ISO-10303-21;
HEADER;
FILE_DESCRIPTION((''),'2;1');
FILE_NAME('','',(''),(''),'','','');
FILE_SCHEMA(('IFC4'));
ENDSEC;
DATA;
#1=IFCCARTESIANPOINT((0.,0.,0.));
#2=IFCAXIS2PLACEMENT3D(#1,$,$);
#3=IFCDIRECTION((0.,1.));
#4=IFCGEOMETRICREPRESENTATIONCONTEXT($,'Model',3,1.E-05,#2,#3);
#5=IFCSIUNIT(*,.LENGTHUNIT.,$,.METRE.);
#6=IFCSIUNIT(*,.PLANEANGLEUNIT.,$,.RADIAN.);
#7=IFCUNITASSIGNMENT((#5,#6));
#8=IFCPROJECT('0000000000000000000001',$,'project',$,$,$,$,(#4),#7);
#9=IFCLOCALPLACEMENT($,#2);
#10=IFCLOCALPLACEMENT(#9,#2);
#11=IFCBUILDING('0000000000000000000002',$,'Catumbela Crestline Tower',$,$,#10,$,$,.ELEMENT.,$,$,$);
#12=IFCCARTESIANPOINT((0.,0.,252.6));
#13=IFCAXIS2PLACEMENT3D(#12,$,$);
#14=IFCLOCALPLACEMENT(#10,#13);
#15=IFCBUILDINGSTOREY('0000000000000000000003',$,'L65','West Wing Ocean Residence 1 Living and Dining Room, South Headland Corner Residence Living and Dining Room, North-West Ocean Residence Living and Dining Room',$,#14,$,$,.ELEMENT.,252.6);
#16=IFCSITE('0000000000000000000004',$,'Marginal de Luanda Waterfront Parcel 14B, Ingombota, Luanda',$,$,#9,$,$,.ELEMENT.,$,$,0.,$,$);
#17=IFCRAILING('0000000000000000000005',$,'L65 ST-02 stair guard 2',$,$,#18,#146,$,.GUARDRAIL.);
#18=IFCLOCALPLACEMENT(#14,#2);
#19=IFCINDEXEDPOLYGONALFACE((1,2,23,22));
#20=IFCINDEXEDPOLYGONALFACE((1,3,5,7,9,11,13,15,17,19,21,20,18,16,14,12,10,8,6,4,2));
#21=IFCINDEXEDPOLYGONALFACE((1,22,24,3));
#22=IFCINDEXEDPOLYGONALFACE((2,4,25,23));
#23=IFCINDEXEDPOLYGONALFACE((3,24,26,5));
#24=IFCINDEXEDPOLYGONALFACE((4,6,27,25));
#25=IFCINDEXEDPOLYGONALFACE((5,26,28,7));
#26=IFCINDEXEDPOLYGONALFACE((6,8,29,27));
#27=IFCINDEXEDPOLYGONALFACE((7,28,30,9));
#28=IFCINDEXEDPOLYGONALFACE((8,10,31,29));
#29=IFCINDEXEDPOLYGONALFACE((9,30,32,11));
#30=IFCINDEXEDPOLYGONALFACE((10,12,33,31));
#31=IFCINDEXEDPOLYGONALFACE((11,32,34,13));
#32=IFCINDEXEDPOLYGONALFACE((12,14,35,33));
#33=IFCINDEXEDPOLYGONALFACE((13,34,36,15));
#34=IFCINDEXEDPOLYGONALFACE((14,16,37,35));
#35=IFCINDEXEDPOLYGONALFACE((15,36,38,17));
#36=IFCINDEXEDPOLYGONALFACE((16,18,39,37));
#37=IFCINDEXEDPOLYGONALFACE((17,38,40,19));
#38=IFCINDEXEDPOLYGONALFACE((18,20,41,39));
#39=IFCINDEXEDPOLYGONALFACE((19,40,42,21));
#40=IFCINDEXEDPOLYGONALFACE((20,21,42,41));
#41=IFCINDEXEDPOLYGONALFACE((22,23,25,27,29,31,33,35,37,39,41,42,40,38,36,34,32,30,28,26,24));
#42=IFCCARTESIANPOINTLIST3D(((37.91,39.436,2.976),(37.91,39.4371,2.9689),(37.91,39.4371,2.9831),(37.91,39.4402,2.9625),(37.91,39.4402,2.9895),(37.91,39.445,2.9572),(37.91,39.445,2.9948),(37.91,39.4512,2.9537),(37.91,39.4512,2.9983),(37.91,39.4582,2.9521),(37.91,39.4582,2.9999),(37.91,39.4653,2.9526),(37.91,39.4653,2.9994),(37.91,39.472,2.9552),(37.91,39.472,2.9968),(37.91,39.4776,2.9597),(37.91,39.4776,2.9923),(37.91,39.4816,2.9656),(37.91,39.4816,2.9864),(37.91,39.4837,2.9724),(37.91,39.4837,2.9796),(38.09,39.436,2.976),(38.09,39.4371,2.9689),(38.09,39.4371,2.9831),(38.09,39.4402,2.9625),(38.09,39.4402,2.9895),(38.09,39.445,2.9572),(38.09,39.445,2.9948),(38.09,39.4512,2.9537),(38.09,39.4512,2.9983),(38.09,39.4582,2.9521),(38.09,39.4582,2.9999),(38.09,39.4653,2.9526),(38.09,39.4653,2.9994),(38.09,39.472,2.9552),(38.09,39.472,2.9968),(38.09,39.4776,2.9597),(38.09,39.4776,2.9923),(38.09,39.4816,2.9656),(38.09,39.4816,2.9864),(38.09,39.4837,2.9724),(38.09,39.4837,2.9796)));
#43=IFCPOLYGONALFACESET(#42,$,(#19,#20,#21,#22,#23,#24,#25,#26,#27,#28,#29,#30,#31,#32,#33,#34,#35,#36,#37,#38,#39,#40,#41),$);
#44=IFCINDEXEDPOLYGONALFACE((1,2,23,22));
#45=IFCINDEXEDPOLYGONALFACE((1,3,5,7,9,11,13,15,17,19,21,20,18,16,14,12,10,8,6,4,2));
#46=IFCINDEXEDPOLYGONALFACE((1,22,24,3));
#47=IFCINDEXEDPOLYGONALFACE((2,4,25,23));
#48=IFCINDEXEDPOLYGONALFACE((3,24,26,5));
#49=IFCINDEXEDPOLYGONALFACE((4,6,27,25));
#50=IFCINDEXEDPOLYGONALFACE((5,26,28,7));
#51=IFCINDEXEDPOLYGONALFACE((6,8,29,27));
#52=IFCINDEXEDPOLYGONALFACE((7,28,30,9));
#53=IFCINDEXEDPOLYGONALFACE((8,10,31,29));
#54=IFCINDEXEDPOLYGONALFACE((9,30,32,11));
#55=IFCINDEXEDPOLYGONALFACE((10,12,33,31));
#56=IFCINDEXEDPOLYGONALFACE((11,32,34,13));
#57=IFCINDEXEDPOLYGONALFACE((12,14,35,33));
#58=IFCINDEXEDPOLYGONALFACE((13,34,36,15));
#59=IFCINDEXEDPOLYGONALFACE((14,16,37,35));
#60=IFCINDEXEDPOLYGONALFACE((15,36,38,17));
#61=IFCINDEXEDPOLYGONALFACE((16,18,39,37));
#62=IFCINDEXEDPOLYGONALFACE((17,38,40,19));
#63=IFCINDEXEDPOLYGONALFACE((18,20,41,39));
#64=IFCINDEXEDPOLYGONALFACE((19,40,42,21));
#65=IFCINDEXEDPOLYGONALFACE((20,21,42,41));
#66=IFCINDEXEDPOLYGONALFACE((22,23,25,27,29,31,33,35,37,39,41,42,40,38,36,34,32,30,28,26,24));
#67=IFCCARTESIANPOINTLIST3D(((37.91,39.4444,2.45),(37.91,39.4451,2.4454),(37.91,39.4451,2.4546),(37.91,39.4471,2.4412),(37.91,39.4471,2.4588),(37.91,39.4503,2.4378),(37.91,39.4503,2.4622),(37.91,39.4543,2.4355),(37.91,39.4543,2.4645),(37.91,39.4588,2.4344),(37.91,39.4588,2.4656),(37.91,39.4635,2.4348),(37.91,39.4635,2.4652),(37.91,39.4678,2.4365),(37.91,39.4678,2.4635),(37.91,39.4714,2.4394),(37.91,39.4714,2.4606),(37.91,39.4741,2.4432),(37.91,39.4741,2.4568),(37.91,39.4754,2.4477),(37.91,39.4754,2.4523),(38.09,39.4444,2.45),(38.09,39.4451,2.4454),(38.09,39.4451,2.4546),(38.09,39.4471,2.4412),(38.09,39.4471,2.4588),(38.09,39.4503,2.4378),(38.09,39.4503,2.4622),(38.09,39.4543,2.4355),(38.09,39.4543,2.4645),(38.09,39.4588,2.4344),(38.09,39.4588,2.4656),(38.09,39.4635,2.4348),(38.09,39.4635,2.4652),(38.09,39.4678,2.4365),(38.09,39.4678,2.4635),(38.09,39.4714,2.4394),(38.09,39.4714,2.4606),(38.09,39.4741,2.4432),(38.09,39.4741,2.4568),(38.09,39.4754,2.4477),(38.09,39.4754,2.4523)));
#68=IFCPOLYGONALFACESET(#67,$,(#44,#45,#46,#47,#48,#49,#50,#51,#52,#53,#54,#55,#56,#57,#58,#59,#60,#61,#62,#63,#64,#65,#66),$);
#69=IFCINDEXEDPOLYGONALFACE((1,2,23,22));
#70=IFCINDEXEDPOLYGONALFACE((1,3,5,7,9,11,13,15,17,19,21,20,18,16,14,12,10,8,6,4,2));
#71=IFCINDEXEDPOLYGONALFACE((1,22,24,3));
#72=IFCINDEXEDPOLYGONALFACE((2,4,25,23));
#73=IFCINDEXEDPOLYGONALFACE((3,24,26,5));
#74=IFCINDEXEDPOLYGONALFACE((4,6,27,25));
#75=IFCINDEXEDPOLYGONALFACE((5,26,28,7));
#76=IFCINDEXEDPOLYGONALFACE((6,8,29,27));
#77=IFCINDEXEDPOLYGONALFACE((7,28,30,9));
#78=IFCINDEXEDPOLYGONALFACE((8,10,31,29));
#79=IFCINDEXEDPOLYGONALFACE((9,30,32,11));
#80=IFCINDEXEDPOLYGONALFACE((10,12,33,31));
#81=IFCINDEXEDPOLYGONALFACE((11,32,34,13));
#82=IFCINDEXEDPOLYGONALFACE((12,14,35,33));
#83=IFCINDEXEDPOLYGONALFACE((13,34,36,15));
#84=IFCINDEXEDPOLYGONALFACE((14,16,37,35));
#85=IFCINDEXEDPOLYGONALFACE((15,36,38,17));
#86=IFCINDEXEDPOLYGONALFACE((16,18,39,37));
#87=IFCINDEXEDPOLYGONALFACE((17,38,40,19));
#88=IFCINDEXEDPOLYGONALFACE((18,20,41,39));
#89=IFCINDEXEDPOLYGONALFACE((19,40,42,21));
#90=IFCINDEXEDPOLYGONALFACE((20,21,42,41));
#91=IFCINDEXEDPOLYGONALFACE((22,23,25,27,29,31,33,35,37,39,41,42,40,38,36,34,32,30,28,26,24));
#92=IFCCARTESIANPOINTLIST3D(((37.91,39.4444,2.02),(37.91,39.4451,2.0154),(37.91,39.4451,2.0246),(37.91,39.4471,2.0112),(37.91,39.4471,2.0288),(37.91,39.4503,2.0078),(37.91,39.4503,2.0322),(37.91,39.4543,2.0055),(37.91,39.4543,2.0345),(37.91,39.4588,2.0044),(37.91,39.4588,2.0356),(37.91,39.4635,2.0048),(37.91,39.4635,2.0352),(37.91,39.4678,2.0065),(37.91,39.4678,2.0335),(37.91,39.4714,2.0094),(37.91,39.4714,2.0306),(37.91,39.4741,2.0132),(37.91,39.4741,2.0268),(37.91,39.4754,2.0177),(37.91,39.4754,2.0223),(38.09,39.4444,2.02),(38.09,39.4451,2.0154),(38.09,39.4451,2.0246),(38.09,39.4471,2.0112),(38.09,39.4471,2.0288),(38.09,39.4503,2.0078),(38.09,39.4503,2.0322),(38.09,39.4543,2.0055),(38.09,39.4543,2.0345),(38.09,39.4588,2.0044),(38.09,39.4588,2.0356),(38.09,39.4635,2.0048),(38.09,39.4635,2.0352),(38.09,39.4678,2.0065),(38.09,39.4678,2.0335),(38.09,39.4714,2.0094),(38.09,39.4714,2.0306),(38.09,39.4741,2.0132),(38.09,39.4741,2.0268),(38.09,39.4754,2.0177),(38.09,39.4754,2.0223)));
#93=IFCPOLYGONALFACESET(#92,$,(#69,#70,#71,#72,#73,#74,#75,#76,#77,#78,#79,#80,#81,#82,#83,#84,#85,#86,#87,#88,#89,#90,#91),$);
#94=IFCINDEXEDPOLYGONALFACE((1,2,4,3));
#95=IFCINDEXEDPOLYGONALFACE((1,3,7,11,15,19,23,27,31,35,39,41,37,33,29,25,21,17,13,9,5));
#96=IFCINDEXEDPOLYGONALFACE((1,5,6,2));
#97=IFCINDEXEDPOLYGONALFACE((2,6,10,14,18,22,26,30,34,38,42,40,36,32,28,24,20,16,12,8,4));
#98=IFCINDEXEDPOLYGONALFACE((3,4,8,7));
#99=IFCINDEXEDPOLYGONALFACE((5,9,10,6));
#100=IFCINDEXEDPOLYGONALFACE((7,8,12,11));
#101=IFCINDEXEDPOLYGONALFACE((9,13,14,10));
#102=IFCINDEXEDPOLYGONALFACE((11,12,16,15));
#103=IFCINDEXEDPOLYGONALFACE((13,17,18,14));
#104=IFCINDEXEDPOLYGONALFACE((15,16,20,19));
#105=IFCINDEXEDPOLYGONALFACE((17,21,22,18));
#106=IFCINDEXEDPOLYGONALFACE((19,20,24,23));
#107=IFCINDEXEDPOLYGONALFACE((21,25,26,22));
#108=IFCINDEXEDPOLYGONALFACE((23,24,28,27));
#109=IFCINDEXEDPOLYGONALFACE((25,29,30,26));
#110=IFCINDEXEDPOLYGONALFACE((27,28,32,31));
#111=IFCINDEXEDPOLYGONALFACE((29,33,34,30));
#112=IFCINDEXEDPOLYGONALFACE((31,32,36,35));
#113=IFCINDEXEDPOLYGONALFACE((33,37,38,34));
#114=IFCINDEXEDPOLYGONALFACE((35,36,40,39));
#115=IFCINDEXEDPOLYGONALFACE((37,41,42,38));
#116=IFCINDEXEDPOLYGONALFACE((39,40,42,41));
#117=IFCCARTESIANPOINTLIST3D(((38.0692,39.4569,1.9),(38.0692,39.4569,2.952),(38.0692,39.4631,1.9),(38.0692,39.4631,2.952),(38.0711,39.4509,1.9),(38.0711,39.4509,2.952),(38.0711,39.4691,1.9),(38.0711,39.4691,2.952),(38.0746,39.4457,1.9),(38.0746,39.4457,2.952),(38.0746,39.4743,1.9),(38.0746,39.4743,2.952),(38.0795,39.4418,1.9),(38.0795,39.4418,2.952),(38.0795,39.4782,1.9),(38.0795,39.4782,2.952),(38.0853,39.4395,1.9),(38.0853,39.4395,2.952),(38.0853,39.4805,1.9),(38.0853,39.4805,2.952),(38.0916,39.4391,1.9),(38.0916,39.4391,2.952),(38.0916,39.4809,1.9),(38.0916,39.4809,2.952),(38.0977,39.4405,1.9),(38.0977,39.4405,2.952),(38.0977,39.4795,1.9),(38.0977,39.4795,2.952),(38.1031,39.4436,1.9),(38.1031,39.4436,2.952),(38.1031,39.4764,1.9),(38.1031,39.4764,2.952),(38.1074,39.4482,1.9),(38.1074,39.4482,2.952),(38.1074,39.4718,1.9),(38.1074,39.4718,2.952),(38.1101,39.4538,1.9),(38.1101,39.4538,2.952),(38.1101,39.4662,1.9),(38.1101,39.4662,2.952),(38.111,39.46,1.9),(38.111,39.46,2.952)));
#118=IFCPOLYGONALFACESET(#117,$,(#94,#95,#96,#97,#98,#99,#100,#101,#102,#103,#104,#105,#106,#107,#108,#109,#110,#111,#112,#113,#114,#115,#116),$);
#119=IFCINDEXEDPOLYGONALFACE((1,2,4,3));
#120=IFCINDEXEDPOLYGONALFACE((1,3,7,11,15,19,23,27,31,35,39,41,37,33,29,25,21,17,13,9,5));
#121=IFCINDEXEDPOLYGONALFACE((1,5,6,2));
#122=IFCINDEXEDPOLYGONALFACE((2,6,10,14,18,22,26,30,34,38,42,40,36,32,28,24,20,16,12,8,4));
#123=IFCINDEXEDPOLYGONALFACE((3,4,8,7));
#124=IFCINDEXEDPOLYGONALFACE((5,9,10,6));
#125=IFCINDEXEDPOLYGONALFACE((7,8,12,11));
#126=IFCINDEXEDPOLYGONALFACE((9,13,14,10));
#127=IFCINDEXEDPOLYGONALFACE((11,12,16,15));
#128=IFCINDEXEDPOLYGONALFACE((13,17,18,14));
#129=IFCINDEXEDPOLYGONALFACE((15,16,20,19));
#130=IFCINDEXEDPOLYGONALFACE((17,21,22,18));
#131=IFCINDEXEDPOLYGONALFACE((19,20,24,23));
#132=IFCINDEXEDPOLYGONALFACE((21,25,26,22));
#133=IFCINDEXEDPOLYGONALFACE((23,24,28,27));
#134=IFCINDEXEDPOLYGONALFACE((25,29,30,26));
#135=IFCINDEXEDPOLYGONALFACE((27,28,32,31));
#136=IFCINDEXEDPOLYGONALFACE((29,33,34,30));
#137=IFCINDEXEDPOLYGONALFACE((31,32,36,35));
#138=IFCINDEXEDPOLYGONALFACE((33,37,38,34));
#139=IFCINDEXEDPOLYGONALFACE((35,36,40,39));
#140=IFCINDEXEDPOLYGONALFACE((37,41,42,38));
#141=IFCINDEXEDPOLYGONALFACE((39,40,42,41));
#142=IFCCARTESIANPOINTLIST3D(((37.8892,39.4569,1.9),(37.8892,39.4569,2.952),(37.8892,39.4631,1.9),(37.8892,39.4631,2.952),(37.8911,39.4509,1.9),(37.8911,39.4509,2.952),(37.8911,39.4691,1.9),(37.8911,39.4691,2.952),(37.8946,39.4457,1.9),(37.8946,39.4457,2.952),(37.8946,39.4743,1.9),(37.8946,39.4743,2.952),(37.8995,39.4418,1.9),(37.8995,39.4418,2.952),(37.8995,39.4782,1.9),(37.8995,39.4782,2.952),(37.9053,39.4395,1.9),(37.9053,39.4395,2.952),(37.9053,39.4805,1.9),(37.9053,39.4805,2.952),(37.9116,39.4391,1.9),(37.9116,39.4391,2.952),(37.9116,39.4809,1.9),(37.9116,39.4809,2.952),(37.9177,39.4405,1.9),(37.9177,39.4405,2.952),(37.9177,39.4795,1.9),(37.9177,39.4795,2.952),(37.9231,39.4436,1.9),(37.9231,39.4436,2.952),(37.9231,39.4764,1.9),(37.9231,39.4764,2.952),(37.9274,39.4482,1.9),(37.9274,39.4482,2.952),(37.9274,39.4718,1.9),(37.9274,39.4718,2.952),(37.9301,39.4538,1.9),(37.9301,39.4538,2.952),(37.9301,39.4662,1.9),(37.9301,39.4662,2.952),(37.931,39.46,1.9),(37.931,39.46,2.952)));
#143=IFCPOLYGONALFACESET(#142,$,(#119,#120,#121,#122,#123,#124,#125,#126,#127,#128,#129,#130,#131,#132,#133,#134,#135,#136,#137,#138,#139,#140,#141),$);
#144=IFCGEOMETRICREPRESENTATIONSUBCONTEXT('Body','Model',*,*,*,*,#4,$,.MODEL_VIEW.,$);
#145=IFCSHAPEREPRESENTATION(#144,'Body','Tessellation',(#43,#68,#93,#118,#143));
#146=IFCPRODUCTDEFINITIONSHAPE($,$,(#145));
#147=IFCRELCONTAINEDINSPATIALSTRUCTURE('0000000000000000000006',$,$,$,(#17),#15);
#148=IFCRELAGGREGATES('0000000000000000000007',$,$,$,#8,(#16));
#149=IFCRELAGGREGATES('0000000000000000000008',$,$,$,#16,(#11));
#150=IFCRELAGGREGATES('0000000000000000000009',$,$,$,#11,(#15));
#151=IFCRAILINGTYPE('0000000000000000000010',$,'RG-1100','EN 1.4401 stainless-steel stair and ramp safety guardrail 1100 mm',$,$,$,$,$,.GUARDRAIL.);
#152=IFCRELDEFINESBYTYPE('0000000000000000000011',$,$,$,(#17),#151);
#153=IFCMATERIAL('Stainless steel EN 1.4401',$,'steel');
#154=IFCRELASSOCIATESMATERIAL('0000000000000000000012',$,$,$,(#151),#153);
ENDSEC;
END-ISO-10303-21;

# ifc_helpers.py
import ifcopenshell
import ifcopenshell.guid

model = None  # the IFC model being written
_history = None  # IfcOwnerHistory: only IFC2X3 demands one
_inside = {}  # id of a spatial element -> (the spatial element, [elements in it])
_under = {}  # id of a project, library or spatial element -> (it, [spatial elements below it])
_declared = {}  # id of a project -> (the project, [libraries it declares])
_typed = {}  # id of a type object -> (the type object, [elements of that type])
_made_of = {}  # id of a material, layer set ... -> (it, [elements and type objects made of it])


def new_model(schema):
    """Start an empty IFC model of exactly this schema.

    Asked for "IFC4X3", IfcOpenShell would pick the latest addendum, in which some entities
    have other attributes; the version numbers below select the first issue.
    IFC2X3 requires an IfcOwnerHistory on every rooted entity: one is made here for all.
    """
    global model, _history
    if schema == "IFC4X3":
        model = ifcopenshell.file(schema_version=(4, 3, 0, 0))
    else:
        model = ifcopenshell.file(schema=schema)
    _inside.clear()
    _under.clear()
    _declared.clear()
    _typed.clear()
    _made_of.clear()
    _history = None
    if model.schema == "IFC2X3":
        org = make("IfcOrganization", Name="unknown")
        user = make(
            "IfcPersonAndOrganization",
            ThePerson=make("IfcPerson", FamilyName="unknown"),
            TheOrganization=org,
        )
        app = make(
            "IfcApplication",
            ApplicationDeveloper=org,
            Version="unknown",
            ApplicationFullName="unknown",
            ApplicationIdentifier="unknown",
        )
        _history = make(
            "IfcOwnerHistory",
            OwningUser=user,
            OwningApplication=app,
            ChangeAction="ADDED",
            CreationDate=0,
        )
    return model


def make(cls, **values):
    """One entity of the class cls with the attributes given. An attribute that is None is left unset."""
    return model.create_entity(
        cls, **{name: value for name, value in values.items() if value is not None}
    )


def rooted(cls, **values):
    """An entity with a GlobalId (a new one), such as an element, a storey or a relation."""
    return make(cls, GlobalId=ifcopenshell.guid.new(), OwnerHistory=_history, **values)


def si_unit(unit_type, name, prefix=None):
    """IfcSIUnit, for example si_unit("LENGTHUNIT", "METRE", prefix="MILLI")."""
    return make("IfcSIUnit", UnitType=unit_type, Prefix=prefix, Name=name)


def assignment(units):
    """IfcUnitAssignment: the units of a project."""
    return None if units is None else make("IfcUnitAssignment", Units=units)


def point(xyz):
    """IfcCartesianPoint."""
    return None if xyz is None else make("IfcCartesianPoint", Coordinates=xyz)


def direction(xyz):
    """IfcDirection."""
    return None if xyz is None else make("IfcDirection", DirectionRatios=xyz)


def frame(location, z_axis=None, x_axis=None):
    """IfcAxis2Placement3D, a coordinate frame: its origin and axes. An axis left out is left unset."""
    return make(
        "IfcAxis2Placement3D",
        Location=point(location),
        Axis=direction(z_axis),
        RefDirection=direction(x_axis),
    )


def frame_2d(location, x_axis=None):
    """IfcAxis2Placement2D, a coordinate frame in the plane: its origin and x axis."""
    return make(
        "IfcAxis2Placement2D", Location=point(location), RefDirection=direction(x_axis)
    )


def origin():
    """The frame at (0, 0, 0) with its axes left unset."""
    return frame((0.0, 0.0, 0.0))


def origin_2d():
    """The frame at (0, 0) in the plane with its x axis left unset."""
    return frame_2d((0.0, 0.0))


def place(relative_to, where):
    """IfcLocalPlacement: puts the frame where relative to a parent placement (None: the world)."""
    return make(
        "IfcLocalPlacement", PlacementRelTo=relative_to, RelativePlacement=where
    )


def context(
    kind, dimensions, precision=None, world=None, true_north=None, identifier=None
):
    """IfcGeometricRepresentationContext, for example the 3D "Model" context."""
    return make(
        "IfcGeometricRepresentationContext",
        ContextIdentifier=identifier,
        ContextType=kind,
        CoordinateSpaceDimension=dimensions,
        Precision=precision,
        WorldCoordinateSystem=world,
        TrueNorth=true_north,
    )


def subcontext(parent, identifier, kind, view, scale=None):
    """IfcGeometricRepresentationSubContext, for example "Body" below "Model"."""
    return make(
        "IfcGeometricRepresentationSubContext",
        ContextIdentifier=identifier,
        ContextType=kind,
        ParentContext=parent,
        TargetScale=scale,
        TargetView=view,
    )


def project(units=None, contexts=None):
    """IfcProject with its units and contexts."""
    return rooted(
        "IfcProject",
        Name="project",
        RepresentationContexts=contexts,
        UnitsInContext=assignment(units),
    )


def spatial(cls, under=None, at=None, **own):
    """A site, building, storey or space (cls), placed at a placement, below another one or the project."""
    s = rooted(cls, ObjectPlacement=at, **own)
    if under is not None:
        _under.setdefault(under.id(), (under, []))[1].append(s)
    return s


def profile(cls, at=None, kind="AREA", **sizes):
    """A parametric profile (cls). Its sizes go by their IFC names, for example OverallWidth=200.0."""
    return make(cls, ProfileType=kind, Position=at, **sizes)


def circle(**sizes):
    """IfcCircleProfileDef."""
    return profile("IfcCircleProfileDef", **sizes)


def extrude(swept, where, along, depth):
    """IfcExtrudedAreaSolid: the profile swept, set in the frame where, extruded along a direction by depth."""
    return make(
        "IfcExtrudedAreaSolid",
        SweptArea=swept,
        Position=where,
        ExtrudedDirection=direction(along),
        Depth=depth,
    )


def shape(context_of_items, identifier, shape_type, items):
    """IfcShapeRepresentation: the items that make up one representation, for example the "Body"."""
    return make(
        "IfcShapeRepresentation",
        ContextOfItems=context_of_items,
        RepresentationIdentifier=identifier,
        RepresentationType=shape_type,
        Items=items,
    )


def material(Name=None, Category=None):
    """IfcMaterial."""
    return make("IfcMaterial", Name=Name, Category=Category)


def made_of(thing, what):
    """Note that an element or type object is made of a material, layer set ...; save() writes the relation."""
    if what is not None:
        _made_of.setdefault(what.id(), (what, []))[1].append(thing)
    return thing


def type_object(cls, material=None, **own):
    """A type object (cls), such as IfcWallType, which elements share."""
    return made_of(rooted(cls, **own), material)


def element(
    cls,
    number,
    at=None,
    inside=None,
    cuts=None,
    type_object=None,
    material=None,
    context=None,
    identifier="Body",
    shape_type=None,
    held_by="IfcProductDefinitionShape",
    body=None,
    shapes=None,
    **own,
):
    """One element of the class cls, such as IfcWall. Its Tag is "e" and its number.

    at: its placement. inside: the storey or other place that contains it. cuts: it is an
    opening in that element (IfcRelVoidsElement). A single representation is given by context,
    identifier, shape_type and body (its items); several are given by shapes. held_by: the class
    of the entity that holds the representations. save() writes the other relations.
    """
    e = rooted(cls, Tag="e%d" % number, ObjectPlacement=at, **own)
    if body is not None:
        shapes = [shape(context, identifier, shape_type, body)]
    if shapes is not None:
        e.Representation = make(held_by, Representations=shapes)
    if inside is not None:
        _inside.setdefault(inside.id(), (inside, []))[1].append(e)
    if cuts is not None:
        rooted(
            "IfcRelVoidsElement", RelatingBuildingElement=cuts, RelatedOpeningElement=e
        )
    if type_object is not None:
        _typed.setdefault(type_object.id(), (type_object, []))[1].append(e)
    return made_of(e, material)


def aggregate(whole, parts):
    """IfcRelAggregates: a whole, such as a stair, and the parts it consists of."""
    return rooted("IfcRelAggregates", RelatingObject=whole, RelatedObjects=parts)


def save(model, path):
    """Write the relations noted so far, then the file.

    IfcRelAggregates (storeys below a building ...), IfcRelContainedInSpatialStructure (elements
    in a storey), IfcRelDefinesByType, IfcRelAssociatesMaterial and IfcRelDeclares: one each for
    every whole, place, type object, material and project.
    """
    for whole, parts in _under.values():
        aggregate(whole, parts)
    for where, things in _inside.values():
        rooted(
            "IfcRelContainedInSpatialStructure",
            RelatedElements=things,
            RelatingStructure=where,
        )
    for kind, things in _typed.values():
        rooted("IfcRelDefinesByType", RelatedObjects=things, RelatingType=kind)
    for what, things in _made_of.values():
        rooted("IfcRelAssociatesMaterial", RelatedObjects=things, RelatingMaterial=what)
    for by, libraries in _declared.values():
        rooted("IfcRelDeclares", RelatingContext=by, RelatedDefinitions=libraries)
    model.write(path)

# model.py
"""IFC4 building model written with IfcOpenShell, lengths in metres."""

from ifc_helpers import new_model, si_unit, direction, frame, origin, origin_2d, place, context, subcontext, project, spatial, circle, extrude, material, type_object, element, save


model = new_model("IFC4")

# Units and contexts
model_context = context("Model", 3, precision=1e-05, world=origin(), true_north=direction((0.0, 1.0)))
body_context = subcontext(model_context, "Body", "Model", "MODEL_VIEW")
ifc_project = project(units=[si_unit("LENGTHUNIT", "METRE"), si_unit("PLANEANGLEUNIT", "RADIAN")], contexts=[model_context])

# Site, building, storey
site_placement = place(None, origin())
site = spatial("IfcSite", under=ifc_project, at=site_placement, Name="Marginal de Luanda Waterfront Parcel 14B, Ingombota, Luanda", CompositionType="ELEMENT", RefElevation=0.0)
building_placement = place(site_placement, origin())
building = spatial("IfcBuilding", under=site, at=building_placement, Name="Catumbela Crestline Tower", CompositionType="ELEMENT")
storey_placement = place(building_placement, frame((0.0, 0.0, 252.6)))
storey = spatial("IfcBuildingStorey", under=building, at=storey_placement, Name="L65", Description="West Wing Ocean Residence 1 Living and Dining Room, South Headland Corner Residence Living and Dining Room, North-West Ocean Residence Living and Dining Room", CompositionType="ELEMENT", Elevation=252.6)

# Railing
ifc_material_1 = material(Name="Stainless steel EN 1.4401", Category="steel")
railing_type_1 = type_object("IfcRailingType", Name="RG-1100", Description="EN 1.4401 stainless-steel stair and ramp safety guardrail 1100 mm", PredefinedType="GUARDRAIL", material=ifc_material_1)
railing_1_placement = place(storey_placement, frame((38.09, 39.46, 1.9)))
element("IfcRailing", 1, at=railing_1_placement, inside=storey, type_object=railing_type_1, Name="L65 ST-02 stair guard 2", PredefinedType="GUARDRAIL", context=body_context, shape_type="SweptSolid", body=[
    extrude(circle(Radius=0.024, at=origin_2d()), frame((0.0, 0.0, 1.076), z_axis=(-1.0, 0.0, 0.0), x_axis=(0.0, -1.0, 0.0)), (0.0, 0.0, 1.0), 0.18),
    extrude(circle(Radius=0.0156, at=origin_2d()), frame((0.0, 0.0, 0.55), z_axis=(-1.0, 0.0, 0.0), x_axis=(0.0, -1.0, 0.0)), (0.0, 0.0, 1.0), 0.18),
    extrude(circle(Radius=0.0156, at=origin_2d()), frame((0.0, 0.0, 0.12), z_axis=(-1.0, 0.0, 0.0), x_axis=(0.0, -1.0, 0.0)), (0.0, 0.0, 1.0), 0.18),
    extrude(circle(Radius=0.021, at=origin_2d()), origin(), (0.0, 0.0, 1.0), 1.052),
    extrude(circle(Radius=0.021, at=origin_2d()), frame((-0.18, 0.0, 0.0)), (0.0, 0.0, 1.0), 1.052),
])

save(model, "model.ifc")
